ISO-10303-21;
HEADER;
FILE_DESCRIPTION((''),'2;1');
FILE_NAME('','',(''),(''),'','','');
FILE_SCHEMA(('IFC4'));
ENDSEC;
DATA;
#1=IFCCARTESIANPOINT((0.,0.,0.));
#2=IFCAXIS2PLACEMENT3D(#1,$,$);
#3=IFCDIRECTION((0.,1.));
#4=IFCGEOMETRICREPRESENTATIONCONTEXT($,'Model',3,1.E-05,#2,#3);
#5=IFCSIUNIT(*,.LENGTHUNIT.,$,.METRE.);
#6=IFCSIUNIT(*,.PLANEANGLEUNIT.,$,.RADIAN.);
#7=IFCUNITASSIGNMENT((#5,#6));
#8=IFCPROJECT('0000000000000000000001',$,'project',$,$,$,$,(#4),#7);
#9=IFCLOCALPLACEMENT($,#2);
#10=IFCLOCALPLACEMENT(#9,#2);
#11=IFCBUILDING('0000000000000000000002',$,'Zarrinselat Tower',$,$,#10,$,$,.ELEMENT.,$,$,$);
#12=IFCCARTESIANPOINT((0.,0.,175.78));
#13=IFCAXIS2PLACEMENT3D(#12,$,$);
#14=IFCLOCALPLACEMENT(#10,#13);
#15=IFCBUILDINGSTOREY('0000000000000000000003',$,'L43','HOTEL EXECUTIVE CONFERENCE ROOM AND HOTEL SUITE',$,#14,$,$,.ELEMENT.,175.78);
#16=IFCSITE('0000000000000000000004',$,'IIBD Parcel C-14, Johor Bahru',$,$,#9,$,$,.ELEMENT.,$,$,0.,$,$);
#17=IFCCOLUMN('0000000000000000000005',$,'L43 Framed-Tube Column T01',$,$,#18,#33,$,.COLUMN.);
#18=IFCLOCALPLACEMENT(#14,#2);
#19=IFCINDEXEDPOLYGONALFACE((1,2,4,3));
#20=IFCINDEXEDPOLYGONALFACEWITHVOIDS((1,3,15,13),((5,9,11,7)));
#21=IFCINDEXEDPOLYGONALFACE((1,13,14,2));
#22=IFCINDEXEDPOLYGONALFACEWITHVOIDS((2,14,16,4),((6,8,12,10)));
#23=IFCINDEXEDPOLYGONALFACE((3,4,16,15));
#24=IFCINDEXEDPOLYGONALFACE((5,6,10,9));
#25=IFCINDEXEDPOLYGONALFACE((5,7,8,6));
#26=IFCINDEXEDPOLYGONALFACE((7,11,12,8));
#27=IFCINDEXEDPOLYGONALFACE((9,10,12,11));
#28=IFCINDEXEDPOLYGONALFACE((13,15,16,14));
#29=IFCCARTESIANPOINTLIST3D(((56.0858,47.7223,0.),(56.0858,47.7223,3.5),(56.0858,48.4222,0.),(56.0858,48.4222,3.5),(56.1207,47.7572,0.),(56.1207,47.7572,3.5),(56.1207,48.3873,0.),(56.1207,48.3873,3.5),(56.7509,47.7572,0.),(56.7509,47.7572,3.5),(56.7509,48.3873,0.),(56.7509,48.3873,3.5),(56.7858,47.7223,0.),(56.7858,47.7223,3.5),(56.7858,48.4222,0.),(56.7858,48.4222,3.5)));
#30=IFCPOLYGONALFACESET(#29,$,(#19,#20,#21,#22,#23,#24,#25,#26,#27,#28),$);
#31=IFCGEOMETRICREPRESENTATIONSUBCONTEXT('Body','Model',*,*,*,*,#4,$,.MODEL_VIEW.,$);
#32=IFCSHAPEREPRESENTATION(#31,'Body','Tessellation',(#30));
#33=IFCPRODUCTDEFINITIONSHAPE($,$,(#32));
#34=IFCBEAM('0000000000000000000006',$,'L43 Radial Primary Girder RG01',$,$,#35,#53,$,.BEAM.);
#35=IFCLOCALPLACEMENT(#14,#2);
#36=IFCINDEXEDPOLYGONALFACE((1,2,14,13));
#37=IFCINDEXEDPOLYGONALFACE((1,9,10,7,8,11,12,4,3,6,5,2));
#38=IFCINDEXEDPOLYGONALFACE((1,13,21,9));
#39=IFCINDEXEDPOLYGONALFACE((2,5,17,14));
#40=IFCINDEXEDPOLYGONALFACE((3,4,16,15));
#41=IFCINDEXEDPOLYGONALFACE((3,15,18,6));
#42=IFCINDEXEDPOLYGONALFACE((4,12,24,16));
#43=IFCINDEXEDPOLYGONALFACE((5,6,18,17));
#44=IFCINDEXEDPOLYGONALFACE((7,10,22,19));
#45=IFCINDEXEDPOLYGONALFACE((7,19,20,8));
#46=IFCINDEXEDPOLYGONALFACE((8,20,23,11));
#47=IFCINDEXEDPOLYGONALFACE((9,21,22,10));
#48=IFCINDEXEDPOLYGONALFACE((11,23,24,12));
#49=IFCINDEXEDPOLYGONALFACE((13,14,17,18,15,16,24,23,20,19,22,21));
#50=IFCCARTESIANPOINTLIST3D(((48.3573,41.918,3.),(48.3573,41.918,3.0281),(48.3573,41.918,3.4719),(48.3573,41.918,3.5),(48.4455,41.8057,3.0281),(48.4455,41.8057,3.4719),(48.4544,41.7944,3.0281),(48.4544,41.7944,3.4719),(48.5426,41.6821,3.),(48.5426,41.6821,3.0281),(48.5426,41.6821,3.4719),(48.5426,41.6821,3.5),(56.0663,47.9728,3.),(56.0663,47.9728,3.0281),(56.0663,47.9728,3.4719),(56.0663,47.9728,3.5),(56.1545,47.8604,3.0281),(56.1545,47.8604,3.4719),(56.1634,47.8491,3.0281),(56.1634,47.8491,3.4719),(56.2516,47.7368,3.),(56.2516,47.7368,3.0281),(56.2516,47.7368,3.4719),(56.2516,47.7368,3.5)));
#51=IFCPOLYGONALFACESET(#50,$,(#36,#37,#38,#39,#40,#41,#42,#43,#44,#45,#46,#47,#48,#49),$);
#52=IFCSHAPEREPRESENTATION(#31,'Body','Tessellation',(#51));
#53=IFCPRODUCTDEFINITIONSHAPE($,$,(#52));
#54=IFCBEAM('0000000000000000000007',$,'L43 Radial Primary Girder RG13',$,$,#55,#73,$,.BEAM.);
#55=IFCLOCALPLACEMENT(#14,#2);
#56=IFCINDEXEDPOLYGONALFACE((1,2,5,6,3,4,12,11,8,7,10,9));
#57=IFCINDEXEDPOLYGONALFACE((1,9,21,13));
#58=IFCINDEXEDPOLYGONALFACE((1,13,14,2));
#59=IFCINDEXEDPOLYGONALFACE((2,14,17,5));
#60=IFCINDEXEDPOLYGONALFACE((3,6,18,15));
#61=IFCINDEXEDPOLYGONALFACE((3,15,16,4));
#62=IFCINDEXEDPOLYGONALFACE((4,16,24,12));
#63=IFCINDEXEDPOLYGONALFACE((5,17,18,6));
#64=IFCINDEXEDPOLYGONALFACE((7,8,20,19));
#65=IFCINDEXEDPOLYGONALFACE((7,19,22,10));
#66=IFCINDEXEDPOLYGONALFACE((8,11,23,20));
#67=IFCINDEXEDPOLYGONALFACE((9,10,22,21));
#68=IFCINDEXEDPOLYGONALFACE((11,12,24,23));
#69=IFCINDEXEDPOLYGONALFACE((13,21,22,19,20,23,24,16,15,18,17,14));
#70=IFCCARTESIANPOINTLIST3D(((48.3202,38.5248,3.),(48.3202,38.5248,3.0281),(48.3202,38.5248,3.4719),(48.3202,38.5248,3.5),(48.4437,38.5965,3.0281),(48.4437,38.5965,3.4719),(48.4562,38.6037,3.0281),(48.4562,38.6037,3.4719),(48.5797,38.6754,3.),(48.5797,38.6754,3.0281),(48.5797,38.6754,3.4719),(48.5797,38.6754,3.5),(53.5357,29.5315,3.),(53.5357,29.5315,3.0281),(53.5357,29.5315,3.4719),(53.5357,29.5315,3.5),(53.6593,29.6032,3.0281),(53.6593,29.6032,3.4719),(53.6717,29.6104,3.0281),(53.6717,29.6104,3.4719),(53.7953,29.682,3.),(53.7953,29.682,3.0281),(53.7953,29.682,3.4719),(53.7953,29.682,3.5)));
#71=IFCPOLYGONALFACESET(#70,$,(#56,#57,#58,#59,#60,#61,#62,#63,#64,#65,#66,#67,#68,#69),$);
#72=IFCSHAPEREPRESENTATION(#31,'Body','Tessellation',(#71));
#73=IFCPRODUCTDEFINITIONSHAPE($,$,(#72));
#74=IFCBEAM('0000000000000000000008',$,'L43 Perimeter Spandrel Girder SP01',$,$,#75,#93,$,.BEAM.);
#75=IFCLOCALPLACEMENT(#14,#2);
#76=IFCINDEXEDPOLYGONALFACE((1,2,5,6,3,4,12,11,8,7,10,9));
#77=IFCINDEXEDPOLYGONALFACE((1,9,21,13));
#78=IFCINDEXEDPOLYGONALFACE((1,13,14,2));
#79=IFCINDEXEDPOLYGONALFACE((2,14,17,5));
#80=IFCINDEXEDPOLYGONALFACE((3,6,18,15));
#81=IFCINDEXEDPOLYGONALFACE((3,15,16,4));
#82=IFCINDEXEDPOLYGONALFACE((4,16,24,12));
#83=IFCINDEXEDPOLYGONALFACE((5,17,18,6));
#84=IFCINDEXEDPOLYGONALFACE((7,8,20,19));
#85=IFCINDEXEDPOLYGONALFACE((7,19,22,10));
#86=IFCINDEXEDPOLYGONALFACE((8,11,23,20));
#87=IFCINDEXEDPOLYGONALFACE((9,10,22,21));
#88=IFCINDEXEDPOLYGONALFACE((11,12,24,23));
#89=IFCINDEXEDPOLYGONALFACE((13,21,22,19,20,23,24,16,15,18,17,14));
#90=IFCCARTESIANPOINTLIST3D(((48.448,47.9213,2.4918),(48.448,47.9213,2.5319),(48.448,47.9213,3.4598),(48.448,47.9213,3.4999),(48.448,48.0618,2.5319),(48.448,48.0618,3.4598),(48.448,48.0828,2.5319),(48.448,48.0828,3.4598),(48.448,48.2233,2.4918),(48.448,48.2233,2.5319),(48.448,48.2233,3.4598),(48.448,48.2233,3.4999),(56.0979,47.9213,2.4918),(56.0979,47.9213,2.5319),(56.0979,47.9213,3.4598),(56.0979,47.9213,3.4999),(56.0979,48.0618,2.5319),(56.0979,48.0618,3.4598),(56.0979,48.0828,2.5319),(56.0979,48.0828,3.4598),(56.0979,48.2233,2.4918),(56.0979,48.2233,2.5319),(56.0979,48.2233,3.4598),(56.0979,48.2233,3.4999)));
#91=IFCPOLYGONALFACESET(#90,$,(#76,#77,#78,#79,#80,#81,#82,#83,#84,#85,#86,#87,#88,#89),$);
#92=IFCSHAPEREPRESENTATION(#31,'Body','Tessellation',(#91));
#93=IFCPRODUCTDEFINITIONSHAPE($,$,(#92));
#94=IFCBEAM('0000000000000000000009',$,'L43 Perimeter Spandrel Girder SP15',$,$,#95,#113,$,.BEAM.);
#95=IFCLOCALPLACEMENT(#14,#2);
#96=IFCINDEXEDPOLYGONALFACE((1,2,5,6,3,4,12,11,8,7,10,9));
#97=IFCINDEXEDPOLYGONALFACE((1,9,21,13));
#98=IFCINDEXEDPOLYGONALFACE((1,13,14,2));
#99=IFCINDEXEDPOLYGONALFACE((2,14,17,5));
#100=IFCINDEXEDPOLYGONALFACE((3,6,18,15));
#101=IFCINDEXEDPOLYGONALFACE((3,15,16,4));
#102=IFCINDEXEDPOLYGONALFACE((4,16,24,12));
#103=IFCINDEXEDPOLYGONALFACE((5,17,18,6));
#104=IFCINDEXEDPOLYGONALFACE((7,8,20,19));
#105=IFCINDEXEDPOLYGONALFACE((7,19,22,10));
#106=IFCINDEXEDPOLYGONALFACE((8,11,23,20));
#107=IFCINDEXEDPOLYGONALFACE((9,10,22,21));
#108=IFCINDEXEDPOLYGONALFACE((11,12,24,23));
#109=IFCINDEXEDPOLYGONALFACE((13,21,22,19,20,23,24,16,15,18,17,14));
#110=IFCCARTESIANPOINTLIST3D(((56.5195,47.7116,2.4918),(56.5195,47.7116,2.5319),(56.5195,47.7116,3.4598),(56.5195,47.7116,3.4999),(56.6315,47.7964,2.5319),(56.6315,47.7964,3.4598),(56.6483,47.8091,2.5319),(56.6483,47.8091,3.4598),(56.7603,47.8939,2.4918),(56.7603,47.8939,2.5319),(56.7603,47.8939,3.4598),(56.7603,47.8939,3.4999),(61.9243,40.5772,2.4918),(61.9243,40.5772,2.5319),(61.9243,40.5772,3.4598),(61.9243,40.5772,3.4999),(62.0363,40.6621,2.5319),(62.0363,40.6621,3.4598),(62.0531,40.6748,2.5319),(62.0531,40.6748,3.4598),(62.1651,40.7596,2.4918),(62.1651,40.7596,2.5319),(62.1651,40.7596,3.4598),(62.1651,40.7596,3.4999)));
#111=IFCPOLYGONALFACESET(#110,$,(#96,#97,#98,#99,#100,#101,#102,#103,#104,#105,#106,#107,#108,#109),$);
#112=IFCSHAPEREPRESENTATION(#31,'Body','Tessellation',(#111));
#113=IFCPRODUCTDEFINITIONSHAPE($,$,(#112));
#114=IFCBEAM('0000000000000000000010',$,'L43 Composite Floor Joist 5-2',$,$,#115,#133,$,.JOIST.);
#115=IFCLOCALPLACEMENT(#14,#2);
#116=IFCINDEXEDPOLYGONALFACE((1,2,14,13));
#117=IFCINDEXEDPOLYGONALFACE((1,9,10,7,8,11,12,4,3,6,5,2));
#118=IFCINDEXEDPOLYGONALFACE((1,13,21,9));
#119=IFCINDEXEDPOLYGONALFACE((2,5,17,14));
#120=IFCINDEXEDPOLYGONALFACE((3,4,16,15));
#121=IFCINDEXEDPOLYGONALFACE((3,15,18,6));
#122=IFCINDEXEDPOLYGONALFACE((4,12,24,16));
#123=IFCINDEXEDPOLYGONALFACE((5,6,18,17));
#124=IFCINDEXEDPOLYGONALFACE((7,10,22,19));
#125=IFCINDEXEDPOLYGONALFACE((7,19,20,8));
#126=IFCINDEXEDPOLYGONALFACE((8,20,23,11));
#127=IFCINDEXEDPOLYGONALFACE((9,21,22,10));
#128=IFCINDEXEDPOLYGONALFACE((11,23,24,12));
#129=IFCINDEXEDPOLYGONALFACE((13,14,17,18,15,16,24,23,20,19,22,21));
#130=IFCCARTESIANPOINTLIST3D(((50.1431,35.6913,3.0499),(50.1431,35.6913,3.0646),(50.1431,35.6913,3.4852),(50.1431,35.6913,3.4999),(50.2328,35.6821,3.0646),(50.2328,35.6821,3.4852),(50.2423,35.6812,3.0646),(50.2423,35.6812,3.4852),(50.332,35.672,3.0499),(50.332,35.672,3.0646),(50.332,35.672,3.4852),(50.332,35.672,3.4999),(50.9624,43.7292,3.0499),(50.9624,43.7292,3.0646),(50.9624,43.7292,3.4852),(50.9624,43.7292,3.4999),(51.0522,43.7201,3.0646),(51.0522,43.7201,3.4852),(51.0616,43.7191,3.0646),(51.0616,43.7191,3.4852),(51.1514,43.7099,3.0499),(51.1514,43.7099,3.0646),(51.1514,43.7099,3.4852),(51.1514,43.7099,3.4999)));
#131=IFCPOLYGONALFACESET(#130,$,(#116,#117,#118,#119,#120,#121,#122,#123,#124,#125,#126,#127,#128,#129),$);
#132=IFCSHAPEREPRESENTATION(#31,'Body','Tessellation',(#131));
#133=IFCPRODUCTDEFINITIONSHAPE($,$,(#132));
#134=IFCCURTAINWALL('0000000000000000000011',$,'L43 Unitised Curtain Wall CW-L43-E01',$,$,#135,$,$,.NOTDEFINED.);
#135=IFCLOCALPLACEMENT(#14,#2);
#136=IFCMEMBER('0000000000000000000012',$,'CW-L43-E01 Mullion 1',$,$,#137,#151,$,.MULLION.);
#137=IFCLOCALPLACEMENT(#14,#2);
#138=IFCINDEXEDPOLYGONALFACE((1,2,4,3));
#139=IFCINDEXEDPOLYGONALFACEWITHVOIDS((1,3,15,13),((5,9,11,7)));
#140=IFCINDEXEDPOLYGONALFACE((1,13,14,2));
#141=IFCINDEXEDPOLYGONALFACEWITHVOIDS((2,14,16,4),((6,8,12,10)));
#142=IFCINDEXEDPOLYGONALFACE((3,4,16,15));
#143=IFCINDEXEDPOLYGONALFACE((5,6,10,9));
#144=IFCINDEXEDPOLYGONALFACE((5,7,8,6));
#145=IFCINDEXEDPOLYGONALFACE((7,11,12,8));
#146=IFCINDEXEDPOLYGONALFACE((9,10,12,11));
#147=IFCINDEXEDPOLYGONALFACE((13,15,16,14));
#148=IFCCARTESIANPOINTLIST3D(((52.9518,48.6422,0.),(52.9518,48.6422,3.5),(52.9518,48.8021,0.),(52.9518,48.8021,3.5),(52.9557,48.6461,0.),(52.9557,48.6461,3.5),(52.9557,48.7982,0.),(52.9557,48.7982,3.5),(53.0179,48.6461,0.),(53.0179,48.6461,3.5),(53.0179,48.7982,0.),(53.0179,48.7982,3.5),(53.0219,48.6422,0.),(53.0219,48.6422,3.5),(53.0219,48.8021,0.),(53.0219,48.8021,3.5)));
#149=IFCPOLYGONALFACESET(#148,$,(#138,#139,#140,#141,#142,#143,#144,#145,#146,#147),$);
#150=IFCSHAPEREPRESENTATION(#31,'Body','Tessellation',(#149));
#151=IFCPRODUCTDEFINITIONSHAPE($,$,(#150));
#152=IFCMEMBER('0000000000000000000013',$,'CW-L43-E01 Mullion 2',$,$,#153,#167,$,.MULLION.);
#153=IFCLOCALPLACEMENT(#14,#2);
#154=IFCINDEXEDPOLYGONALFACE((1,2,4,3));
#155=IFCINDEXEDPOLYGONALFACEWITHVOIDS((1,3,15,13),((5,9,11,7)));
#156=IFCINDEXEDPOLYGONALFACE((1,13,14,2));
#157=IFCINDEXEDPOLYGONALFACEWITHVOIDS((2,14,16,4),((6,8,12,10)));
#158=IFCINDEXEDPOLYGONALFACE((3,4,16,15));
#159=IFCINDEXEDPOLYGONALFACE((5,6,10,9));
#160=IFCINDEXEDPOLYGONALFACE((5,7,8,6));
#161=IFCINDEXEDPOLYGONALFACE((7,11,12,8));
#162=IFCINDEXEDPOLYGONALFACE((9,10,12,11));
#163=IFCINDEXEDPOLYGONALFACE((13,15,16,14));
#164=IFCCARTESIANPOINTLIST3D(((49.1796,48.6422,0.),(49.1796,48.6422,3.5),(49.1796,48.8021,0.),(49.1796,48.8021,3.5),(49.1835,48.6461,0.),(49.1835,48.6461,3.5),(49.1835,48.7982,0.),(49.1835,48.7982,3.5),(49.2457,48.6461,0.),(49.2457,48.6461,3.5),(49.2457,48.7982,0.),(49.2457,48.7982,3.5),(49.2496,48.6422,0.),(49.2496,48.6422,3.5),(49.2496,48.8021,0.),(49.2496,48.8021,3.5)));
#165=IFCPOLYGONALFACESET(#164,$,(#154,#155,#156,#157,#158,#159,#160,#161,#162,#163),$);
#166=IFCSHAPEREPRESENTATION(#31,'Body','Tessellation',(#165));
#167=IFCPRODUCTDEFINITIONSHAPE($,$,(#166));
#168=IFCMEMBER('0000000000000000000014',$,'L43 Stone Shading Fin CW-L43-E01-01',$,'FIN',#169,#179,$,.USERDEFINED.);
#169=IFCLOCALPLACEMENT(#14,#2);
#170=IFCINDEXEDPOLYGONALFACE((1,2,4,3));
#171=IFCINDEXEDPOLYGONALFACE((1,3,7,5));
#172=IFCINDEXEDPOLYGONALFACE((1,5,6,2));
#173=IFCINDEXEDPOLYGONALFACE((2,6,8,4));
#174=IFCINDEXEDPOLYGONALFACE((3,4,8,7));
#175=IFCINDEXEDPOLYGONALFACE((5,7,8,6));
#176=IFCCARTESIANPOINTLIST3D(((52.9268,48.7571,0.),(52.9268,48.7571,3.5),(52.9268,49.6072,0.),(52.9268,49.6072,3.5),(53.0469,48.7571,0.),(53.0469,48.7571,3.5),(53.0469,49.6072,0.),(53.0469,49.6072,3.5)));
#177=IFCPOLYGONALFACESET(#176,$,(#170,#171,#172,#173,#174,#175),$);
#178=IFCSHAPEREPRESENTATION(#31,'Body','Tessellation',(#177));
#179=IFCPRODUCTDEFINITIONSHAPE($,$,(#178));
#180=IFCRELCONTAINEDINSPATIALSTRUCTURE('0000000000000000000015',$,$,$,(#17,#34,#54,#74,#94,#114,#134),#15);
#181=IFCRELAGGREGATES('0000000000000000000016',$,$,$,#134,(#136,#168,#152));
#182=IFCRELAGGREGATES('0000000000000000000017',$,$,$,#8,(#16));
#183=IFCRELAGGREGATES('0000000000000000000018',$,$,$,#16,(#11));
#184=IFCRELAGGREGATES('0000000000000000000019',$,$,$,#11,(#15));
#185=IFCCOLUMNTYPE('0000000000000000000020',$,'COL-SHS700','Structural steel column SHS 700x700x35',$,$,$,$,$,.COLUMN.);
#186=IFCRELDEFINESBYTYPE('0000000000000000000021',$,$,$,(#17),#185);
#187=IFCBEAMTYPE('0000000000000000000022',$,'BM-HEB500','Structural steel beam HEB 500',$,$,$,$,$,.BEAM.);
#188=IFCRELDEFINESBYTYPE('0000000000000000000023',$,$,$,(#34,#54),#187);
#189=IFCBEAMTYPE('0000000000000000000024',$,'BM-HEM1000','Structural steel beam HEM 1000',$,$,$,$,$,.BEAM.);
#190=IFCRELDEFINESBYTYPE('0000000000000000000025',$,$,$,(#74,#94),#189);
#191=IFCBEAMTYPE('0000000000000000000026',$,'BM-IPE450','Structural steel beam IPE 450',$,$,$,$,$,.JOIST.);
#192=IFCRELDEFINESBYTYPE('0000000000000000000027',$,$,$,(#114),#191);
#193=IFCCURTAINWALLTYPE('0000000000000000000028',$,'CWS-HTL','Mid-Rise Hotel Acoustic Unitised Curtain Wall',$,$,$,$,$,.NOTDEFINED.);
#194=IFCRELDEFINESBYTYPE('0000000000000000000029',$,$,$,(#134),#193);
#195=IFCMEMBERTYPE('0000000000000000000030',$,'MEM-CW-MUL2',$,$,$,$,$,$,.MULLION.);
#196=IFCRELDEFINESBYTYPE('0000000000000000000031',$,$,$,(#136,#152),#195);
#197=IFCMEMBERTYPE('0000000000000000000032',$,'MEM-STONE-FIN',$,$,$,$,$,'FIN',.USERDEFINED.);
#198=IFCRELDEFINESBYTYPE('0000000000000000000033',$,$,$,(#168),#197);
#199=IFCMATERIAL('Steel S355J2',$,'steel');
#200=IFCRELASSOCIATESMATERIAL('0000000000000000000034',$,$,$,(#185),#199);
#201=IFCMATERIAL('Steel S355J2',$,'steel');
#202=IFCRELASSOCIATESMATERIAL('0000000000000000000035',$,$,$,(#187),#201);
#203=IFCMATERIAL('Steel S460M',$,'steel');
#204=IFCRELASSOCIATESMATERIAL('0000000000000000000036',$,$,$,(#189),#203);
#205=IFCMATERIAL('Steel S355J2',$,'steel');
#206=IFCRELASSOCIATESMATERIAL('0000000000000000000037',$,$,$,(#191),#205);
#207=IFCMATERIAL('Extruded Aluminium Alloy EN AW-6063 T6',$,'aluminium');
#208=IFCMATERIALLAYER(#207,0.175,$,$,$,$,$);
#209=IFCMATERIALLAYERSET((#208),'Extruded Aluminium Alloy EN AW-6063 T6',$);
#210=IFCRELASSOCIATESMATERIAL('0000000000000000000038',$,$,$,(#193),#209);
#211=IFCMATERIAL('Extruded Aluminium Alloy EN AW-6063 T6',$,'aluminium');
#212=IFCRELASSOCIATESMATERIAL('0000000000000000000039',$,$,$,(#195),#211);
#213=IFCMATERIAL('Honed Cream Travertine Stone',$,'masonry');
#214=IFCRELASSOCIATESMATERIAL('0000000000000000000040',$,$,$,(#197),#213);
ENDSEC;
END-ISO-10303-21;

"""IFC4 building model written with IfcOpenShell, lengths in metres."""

from ifc_helpers import new_model, si_unit, direction, frame, origin, origin_2d, place, context, subcontext, project, spatial, rectangle, hollow_rectangle, i_section, extrude, material, layer, layer_set, material_profile, profile_set, type_object, element, aggregate, save


model = new_model("IFC4")

# Units and contexts
model_context = context("Model", 3, precision=1e-05, world=origin(), true_north=direction((0.0, 1.0)))
body_context = subcontext(model_context, "Body", "Model", "MODEL_VIEW")
ifc_project = project(units=[si_unit("LENGTHUNIT", "METRE"), si_unit("PLANEANGLEUNIT", "RADIAN")], contexts=[model_context])

# Site, building, storey
site_placement = place(None, origin())
site = spatial("IfcSite", under=ifc_project, at=site_placement, Name="IIBD Parcel C-14, Johor Bahru", CompositionType="ELEMENT", RefElevation=0.0)
building_placement = place(site_placement, origin())
building = spatial("IfcBuilding", under=site, at=building_placement, Name="Zarrinselat Tower", CompositionType="ELEMENT")
storey_placement = place(building_placement, frame((0.0, 0.0, 175.78)))
storey = spatial("IfcBuildingStorey", under=building, at=storey_placement, Name="L43", Description="HOTEL EXECUTIVE CONFERENCE ROOM AND HOTEL SUITE", CompositionType="ELEMENT", Elevation=175.78)

# Column
ifc_material_1 = material(Name="Steel S355J2", Category="steel")
ifc_material_profile_1 = material_profile(ifc_material_1, hollow_rectangle(XDim=0.7, YDim=0.7, WallThickness=0.0349, at=origin_2d()), Name="SHS 700x700x35")
ifc_profile_set_1 = profile_set([ifc_material_profile_1], Name="Steel S355J2")
column_type = type_object("IfcColumnType", Name="COL-SHS700", Description="Structural steel column SHS 700x700x35", PredefinedType="COLUMN", material=ifc_profile_set_1)
column_placement = place(storey_placement, frame((56.4358, 48.0723, 0.0), z_axis=(0.0, 0.0, 1.0), x_axis=(1.0, 0.0, 0.0)))
element("IfcColumn", 1, at=column_placement, inside=storey, type_object=column_type, Name="L43 Framed-Tube Column T01", PredefinedType="COLUMN", context=body_context, shape_type="SweptSolid", body=[
    extrude(hollow_rectangle(XDim=0.7, YDim=0.7, WallThickness=0.0349, at=origin_2d()), origin(), (0.0, 0.0, 1.0), 3.5),
])

# Beams
ifc_material_2 = material(Name="Steel S355J2", Category="steel")
ifc_material_profile_2 = material_profile(ifc_material_2, i_section(OverallWidth=0.3, OverallDepth=0.5, WebThickness=0.0144, FlangeThickness=0.0281, at=origin_2d()), Name="HEB 500")
ifc_profile_set_2 = profile_set([ifc_material_profile_2], Name="Steel S355J2")
beam_type_1 = type_object("IfcBeamType", Name="BM-HEB500", Description="Structural steel beam HEB 500", PredefinedType="BEAM", material=ifc_profile_set_2)
beam_1_placement = place(storey_placement, frame((48.45, 41.8, 3.25), z_axis=(0.786436, 0.617672, 0.0), x_axis=(-0.617672, 0.786436, 0.0)))
element("IfcBeam", 2, at=beam_1_placement, inside=storey, type_object=beam_type_1, Name="L43 Radial Primary Girder RG01", PredefinedType="BEAM", context=body_context, shape_type="SweptSolid", body=[
    extrude(i_section(OverallWidth=0.3, OverallDepth=0.5, WebThickness=0.0144, FlangeThickness=0.0281, at=origin_2d()), origin(), (0.0, 0.0, 1.0), 9.8025),
])
beam_2_placement = place(storey_placement, frame((48.45, 38.6001, 3.25), z_axis=(0.501675, -0.865056, 0.0), x_axis=(0.865056, 0.501675, 0.0)))
element("IfcBeam", 3, at=beam_2_placement, inside=storey, type_object=beam_type_1, Name="L43 Radial Primary Girder RG13", PredefinedType="BEAM", context=body_context, shape_type="SweptSolid", body=[
    extrude(i_section(OverallWidth=0.3, OverallDepth=0.5, WebThickness=0.0144, FlangeThickness=0.0281, at=origin_2d()), origin(), (0.0, 0.0, 1.0), 10.3962),
])
ifc_material_3 = material(Name="Steel S460M", Category="steel")
ifc_material_profile_3 = material_profile(ifc_material_3, i_section(OverallWidth=0.302, OverallDepth=1.0081, WebThickness=0.021, FlangeThickness=0.04, at=origin_2d()), Name="HEM 1000")
ifc_profile_set_3 = profile_set([ifc_material_profile_3], Name="Steel S460M")
beam_type_2 = type_object("IfcBeamType", Name="BM-HEM1000", Description="Structural steel beam HEM 1000", PredefinedType="BEAM", material=ifc_profile_set_3)
beam_3_placement = place(storey_placement, frame((48.448, 48.0723, 2.9958), z_axis=(1.0, 0.0, 0.0), x_axis=(0.0, 1.0, 0.0)))
element("IfcBeam", 4, at=beam_3_placement, inside=storey, type_object=beam_type_2, Name="L43 Perimeter Spandrel Girder SP01", PredefinedType="BEAM", context=body_context, shape_type="SweptSolid", body=[
    extrude(i_section(OverallWidth=0.302, OverallDepth=1.0081, WebThickness=0.021, FlangeThickness=0.04, at=origin_2d()), origin(), (0.0, 0.0, 1.0), 7.6499),
])
beam_4_placement = place(storey_placement, frame((56.6399, 47.8027, 2.9958), z_axis=(0.60386, -0.797091, 0.0), x_axis=(0.797091, 0.60386, 0.0)))
element("IfcBeam", 5, at=beam_4_placement, inside=storey, type_object=beam_type_2, Name="L43 Perimeter Spandrel Girder SP15", PredefinedType="BEAM", context=body_context, shape_type="SweptSolid", body=[
    extrude(i_section(OverallWidth=0.302, OverallDepth=1.0081, WebThickness=0.021, FlangeThickness=0.04, at=origin_2d()), origin(), (0.0, 0.0, 1.0), 8.9504),
])
ifc_material_4 = material(Name="Steel S355J2", Category="steel")
ifc_material_profile_4 = material_profile(ifc_material_4, i_section(OverallWidth=0.1899, OverallDepth=0.45, WebThickness=0.0095, FlangeThickness=0.0146, at=origin_2d()), Name="IPE 450")
ifc_profile_set_4 = profile_set([ifc_material_profile_4], Name="Steel S355J2")
beam_type_3 = type_object("IfcBeamType", Name="BM-IPE450", Description="Structural steel beam IPE 450", PredefinedType="JOIST", material=ifc_profile_set_4)
beam_5_placement = place(storey_placement, frame((50.2375, 35.6816, 3.2749), z_axis=(0.101409, 0.994845, 0.0), x_axis=(-0.994845, 0.101409, 0.0)))
element("IfcBeam", 6, at=beam_5_placement, inside=storey, type_object=beam_type_3, Name="L43 Composite Floor Joist 5-2", PredefinedType="JOIST", context=body_context, shape_type="SweptSolid", body=[
    extrude(i_section(OverallWidth=0.1899, OverallDepth=0.45, WebThickness=0.0095, FlangeThickness=0.0146, at=origin_2d()), origin(), (0.0, 0.0, 1.0), 8.0796),
])

# Curtain wall, members
ifc_material_5 = material(Name="Extruded Aluminium Alloy EN AW-6063 T6", Category="aluminium")
ifc_layer_1 = layer(ifc_material_5, 0.175)
ifc_layer_set_1 = layer_set([ifc_layer_1], Name="Extruded Aluminium Alloy EN AW-6063 T6")
curtain_wall_type = type_object("IfcCurtainWallType", Name="CWS-HTL", Description="Mid-Rise Hotel Acoustic Unitised Curtain Wall", PredefinedType="NOTDEFINED", material=ifc_layer_set_1)
curtain_wall_placement = place(storey_placement, origin())
curtain_wall = element("IfcCurtainWall", 7, at=curtain_wall_placement, inside=storey, type_object=curtain_wall_type, Name="L43 Unitised Curtain Wall CW-L43-E01", PredefinedType="NOTDEFINED")
ifc_material_6 = material(Name="Extruded Aluminium Alloy EN AW-6063 T6", Category="aluminium")
ifc_material_profile_5 = material_profile(ifc_material_6, hollow_rectangle(XDim=0.0701, YDim=0.1599, WallThickness=0.0039, at=origin_2d()), Name="RHS 160x70x4")
ifc_profile_set_5 = profile_set([ifc_material_profile_5], Name="Extruded Aluminium Alloy EN AW-6063 T6")
member_type_1 = type_object("IfcMemberType", Name="MEM-CW-MUL2", PredefinedType="MULLION", material=ifc_profile_set_5)
member_1_placement = place(storey_placement, frame((52.9868, 48.7222, 0.0), z_axis=(0.0, 0.0, 1.0), x_axis=(-1.0, 0.0, 0.0)))
member_1 = element("IfcMember", 8, at=member_1_placement, type_object=member_type_1, Name="CW-L43-E01 Mullion 1", PredefinedType="MULLION", context=body_context, shape_type="SweptSolid", body=[
    extrude(hollow_rectangle(XDim=0.0701, YDim=0.1599, WallThickness=0.0039, at=origin_2d()), origin(), (0.0, 0.0, 1.0), 3.5),
])
member_2_placement = place(storey_placement, frame((49.2146, 48.7222, 0.0), z_axis=(0.0, 0.0, 1.0), x_axis=(-1.0, 0.0, 0.0)))
member_2 = element("IfcMember", 9, at=member_2_placement, type_object=member_type_1, Name="CW-L43-E01 Mullion 2", PredefinedType="MULLION", context=body_context, shape_type="SweptSolid", body=[
    extrude(hollow_rectangle(XDim=0.0701, YDim=0.1599, WallThickness=0.0039, at=origin_2d()), origin(), (0.0, 0.0, 1.0), 3.5),
])
ifc_material_7 = material(Name="Honed Cream Travertine Stone", Category="masonry")
ifc_material_profile_6 = material_profile(ifc_material_7, rectangle(XDim=0.1201, YDim=0.8501, at=origin_2d()), Name="FIN 850x120")
ifc_profile_set_6 = profile_set([ifc_material_profile_6], Name="Honed Cream Travertine Stone")
member_type_2 = type_object("IfcMemberType", Name="MEM-STONE-FIN", ElementType="FIN", PredefinedType="USERDEFINED", material=ifc_profile_set_6)
member_3_placement = place(storey_placement, frame((52.9868, 49.1821, 0.0), z_axis=(0.0, 0.0, 1.0), x_axis=(1.0, 0.0, 0.0)))
member_3 = element("IfcMember", 10, at=member_3_placement, type_object=member_type_2, Name="L43 Stone Shading Fin CW-L43-E01-01", ObjectType="FIN", PredefinedType="USERDEFINED", context=body_context, shape_type="SweptSolid", body=[
    extrude(rectangle(XDim=0.1201, YDim=0.8501, at=origin_2d()), origin(), (0.0, 0.0, 1.0), 3.5),
])
aggregate(curtain_wall, [member_1, member_3, member_2])

save(model, "model.ifc")
